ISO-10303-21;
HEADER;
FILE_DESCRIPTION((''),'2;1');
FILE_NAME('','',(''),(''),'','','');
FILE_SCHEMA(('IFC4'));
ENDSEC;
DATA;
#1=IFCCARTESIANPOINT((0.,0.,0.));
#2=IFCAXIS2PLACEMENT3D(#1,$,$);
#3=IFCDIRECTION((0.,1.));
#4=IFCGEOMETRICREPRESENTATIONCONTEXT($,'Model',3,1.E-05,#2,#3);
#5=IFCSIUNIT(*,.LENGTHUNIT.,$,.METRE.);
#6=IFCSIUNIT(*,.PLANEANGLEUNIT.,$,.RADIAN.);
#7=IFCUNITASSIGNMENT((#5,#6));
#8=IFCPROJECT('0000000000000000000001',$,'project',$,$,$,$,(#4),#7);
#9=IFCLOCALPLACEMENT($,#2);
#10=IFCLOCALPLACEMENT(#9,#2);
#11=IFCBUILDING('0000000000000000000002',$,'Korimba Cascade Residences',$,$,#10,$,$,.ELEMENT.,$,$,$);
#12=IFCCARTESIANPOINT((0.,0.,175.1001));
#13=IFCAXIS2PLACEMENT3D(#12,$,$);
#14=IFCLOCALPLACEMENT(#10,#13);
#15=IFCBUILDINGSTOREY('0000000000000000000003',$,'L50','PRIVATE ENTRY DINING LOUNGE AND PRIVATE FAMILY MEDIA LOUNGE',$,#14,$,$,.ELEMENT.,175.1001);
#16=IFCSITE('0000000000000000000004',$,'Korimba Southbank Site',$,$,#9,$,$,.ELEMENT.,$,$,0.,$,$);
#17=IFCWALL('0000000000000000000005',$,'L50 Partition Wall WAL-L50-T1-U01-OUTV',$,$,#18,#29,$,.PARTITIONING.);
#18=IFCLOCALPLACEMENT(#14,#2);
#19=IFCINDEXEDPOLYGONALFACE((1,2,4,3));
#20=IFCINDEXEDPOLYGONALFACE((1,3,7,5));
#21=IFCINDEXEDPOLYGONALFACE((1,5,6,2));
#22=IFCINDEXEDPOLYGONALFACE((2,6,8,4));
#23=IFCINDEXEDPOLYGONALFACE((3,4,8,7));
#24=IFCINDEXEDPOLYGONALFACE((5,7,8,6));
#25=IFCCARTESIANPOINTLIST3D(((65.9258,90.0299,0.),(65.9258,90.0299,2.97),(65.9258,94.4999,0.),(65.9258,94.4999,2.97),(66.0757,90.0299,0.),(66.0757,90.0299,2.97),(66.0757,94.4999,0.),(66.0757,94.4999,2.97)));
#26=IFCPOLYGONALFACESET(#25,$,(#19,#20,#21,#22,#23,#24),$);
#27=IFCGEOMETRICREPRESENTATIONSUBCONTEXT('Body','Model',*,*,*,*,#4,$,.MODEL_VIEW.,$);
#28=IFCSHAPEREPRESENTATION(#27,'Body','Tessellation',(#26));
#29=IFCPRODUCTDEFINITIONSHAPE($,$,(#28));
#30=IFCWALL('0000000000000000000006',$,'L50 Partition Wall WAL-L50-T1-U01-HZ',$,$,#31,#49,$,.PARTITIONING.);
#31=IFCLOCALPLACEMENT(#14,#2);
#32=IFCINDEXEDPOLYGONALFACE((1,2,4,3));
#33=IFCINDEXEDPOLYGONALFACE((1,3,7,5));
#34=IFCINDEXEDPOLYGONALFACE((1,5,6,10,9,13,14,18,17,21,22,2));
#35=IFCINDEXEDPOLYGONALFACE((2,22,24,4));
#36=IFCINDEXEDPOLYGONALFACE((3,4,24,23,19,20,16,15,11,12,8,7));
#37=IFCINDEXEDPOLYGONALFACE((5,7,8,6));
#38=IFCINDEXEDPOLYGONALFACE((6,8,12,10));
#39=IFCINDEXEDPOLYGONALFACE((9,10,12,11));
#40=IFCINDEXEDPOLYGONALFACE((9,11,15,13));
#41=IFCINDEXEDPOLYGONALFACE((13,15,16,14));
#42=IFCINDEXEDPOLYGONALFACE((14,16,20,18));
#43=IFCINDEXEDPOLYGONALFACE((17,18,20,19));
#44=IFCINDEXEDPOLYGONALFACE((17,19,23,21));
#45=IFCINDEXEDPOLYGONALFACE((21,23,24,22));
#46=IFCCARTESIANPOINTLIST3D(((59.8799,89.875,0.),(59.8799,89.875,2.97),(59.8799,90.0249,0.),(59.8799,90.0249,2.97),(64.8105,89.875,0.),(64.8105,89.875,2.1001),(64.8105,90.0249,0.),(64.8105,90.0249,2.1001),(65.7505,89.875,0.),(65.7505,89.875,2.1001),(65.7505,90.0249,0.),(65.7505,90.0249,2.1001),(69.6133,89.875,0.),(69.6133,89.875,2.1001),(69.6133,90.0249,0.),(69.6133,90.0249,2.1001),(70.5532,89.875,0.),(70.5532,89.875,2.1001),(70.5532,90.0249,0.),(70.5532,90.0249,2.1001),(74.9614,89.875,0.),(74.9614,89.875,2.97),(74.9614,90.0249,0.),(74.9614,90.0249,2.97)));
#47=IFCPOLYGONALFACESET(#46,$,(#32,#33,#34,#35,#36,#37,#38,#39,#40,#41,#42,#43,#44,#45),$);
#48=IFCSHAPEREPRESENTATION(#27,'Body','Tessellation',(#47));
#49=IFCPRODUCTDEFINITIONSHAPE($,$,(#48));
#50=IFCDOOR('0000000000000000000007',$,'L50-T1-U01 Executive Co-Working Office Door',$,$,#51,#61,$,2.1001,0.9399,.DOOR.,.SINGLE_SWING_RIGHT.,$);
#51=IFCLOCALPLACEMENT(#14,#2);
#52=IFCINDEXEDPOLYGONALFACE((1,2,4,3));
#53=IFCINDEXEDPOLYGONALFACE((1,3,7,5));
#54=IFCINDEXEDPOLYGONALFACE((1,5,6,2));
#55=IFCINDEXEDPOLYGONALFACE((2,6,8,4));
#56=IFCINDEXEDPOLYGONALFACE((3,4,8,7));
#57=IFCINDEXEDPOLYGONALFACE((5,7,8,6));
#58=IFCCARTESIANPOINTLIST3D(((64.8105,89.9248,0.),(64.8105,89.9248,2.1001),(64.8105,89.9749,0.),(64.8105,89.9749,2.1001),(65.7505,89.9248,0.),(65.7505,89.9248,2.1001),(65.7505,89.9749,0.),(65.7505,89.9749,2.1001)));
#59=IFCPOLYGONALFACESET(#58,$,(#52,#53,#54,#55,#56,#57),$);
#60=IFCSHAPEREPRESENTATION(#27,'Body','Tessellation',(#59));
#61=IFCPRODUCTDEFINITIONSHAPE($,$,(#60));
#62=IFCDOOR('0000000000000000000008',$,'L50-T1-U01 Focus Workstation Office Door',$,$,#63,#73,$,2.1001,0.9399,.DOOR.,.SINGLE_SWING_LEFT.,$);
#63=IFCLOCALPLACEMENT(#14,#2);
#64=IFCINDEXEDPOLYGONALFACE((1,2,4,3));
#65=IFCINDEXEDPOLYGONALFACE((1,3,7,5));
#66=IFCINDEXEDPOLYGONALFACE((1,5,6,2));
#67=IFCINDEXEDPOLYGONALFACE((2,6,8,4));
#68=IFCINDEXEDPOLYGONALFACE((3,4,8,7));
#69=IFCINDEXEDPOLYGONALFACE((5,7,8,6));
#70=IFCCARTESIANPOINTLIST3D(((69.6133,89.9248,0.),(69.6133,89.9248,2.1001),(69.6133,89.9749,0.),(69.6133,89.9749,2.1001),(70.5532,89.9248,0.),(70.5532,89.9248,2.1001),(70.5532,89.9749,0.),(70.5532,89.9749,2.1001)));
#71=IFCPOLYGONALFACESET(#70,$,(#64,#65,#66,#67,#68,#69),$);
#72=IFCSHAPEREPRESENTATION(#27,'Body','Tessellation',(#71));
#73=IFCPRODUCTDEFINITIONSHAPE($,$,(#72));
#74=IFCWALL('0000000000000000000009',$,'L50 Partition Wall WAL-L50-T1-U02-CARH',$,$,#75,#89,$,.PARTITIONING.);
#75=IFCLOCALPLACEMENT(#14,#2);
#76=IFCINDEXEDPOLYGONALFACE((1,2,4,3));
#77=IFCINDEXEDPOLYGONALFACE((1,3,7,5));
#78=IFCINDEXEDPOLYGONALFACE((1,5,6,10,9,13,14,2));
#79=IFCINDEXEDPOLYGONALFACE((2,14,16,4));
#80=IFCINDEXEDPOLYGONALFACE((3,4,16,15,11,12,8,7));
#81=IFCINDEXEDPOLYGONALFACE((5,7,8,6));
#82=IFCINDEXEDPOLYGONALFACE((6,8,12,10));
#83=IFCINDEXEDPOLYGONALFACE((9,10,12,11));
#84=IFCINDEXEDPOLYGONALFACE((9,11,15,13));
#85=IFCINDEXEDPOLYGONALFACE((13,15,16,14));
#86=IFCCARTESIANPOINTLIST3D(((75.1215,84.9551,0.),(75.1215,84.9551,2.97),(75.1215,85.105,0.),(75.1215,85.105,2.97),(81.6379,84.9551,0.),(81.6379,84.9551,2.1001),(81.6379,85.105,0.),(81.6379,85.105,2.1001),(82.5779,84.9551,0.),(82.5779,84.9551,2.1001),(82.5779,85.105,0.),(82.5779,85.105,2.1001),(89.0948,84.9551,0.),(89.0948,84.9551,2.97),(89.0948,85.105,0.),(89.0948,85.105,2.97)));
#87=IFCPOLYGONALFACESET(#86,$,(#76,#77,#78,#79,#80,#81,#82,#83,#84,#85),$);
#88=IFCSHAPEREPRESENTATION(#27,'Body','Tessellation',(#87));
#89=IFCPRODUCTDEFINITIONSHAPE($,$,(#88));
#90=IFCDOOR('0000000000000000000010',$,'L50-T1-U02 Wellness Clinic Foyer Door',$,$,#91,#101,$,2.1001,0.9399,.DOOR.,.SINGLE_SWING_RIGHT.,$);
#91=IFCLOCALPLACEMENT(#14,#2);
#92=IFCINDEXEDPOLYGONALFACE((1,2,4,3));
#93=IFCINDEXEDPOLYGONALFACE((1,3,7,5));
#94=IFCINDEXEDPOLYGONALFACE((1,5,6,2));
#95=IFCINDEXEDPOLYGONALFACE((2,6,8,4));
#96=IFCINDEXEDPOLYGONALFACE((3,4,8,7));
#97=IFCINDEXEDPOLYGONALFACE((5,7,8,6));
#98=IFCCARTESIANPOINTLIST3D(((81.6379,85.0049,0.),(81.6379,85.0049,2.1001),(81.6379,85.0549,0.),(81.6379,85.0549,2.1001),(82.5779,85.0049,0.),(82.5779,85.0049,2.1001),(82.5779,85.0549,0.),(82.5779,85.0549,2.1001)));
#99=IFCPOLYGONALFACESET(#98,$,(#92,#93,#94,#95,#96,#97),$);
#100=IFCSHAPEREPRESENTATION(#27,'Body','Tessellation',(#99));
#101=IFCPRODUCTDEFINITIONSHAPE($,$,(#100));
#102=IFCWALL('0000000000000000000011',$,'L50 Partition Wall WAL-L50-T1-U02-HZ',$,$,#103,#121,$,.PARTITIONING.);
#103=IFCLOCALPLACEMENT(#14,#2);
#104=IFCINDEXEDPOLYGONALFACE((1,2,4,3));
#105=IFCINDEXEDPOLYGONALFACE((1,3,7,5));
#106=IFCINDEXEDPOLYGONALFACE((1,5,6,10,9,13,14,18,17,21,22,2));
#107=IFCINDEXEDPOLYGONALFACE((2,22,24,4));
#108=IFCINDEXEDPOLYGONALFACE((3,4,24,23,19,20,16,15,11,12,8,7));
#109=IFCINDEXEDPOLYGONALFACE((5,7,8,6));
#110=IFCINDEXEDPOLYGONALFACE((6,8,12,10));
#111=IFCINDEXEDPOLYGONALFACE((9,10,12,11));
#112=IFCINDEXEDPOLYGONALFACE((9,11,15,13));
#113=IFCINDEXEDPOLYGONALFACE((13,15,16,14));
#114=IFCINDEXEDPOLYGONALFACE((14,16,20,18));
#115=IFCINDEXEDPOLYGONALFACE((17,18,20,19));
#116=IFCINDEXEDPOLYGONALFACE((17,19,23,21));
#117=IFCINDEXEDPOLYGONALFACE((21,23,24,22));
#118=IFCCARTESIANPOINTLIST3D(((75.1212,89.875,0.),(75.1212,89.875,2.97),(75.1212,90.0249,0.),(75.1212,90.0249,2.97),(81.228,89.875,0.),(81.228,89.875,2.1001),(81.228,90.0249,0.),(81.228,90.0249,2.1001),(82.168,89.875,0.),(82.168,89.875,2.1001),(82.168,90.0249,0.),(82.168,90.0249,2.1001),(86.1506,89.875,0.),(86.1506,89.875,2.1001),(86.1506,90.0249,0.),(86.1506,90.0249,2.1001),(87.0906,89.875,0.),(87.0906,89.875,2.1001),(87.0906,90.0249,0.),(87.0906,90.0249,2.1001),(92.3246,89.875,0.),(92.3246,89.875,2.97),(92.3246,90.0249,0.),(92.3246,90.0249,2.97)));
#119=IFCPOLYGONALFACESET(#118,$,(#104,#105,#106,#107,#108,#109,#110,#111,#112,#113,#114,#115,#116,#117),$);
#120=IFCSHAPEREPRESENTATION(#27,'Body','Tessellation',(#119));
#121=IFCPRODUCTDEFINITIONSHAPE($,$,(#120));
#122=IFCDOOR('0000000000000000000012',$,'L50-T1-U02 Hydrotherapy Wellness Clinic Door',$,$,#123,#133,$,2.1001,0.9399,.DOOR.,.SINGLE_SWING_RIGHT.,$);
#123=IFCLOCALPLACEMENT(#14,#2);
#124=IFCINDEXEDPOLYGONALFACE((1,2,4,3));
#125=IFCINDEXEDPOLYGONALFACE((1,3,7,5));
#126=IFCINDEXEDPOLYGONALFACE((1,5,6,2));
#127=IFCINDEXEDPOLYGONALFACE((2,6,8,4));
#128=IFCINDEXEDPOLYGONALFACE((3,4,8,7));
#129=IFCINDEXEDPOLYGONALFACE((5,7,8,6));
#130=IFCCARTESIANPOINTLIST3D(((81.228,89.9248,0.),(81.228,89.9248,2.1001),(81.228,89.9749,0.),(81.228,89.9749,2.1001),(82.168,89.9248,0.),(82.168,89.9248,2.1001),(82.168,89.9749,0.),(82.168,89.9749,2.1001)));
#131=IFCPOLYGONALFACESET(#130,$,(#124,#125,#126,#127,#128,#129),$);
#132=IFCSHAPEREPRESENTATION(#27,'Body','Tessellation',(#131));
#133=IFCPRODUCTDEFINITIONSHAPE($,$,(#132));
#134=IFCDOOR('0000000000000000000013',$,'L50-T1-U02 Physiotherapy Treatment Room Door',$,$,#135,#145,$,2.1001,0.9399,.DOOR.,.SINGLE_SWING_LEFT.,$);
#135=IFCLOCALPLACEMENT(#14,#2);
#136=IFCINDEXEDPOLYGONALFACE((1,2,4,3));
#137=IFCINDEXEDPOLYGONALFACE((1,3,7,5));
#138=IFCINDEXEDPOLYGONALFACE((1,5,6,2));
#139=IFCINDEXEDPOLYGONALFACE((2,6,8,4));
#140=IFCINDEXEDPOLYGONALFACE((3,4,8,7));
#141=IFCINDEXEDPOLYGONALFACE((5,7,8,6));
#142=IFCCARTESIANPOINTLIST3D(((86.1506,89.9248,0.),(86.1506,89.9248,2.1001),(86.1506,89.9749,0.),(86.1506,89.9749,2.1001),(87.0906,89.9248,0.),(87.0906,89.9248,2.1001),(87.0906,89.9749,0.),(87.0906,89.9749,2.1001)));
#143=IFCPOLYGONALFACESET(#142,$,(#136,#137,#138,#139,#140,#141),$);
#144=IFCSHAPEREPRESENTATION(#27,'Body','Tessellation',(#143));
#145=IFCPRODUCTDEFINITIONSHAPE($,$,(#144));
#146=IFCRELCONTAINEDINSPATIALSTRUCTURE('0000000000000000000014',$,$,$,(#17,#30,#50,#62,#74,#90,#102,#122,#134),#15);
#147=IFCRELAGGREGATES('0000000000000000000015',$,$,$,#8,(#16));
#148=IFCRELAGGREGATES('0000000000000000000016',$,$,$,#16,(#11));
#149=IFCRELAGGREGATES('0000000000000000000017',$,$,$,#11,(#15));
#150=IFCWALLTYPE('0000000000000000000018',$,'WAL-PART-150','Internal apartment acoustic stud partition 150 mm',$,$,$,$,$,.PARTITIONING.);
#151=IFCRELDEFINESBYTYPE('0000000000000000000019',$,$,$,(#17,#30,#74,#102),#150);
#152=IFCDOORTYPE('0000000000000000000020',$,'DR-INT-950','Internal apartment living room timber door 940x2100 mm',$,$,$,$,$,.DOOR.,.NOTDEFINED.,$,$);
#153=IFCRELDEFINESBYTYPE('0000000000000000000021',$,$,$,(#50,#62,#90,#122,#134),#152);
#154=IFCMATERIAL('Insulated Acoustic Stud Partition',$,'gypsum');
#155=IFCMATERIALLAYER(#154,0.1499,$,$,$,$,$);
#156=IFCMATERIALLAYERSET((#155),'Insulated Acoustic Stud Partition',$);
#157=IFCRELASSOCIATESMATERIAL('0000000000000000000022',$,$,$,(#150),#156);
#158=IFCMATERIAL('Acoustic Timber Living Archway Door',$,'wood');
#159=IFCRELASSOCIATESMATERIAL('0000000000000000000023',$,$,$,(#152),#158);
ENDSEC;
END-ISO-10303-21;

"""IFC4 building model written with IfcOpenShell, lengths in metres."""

from ifc_helpers import new_model, si_unit, direction, frame, frame_2d, origin, place, context, subcontext, project, spatial, rectangle, extrude, material, layer, layer_set, type_object, element, fill, save


model = new_model("IFC4")

# Units and contexts
model_context = context("Model", 3, precision=1e-05, world=origin(), true_north=direction((0.0, 1.0)))
body_context = subcontext(model_context, "Body", "Model", "MODEL_VIEW")
ifc_project = project(units=[si_unit("LENGTHUNIT", "METRE"), si_unit("PLANEANGLEUNIT", "RADIAN")], contexts=[model_context])

# Site, building, storey
site_placement = place(None, origin())
site = spatial("IfcSite", under=ifc_project, at=site_placement, Name="Korimba Southbank Site", CompositionType="ELEMENT", RefElevation=0.0)
building_placement = place(site_placement, origin())
building = spatial("IfcBuilding", under=site, at=building_placement, Name="Korimba Cascade Residences", CompositionType="ELEMENT")
storey_placement = place(building_placement, frame((0.0, 0.0, 175.1001)))
storey = spatial("IfcBuildingStorey", under=building, at=storey_placement, Name="L50", Description="PRIVATE ENTRY DINING LOUNGE AND PRIVATE FAMILY MEDIA LOUNGE", CompositionType="ELEMENT", Elevation=175.1001)

# Wall
ifc_material_1 = material(Name="Insulated Acoustic Stud Partition", Category="gypsum")
ifc_layer_1 = layer(ifc_material_1, 0.1499)
ifc_layer_set_1 = layer_set([ifc_layer_1], Name="Insulated Acoustic Stud Partition")
wall_type_1 = type_object("IfcWallType", Name="WAL-PART-150", Description="Internal apartment acoustic stud partition 150 mm", PredefinedType="PARTITIONING", material=ifc_layer_set_1)
wall_1_placement = place(storey_placement, frame((66.0007, 90.03, 0.0), z_axis=(0.0, 0.0, 1.0), x_axis=(0.0, 1.0, 0.0)))
element("IfcWall", 1, at=wall_1_placement, inside=storey, type_object=wall_type_1, Name="L50 Partition Wall WAL-L50-T1-U01-OUTV", PredefinedType="PARTITIONING", context=body_context, shape_type="SweptSolid", body=[
    extrude(rectangle(XDim=4.47, YDim=0.1499, at=frame_2d((2.2349, 0.0))), origin(), (0.0, 0.0, 1.0), 2.97),
])

# Wall, openings, doors
wall_2_placement = place(storey_placement, frame((59.8799, 89.95, 0.0), z_axis=(0.0, 0.0, 1.0), x_axis=(1.0, 0.0, 0.0)))
wall_2 = element("IfcWall", 2, at=wall_2_placement, inside=storey, type_object=wall_type_1, Name="L50 Partition Wall WAL-L50-T1-U01-HZ", PredefinedType="PARTITIONING", context=body_context, shape_type="SweptSolid", body=[
    extrude(rectangle(XDim=15.0815, YDim=0.1499, at=frame_2d((7.5408, 0.0))), origin(), (0.0, 0.0, 1.0), 2.97),
])
opening_1_placement = place(wall_2_placement, frame((4.9307, 0.0, 0.0)))
opening_1 = element("IfcOpeningElement", 3, at=opening_1_placement, cuts=wall_2, PredefinedType="OPENING", context=body_context, shape_type="SweptSolid", body=[
    extrude(rectangle(XDim=0.9399, YDim=2.1001, at=frame_2d((0.47, 1.05))), frame((0.0, 0.085, 0.0), z_axis=(0.0, -1.0, 0.0), x_axis=(1.0, 0.0, 0.0)), (0.0, 0.0, 1.0), 0.1699),
])
opening_2_placement = place(wall_2_placement, frame((9.7334, 0.0, 0.0)))
opening_2 = element("IfcOpeningElement", 4, at=opening_2_placement, cuts=wall_2, PredefinedType="OPENING", context=body_context, shape_type="SweptSolid", body=[
    extrude(rectangle(XDim=0.9399, YDim=2.1001, at=frame_2d((0.47, 1.05))), frame((0.0, 0.085, 0.0), z_axis=(0.0, -1.0, 0.0), x_axis=(1.0, 0.0, 0.0)), (0.0, 0.0, 1.0), 0.1699),
])
ifc_material_2 = material(Name="Acoustic Timber Living Archway Door", Category="wood")
door_type = type_object("IfcDoorType", Name="DR-INT-950", Description="Internal apartment living room timber door 940x2100 mm", OperationType="NOTDEFINED", PredefinedType="DOOR", material=ifc_material_2)
door_1_placement = place(opening_1_placement, origin())
door_1 = element("IfcDoor", 5, at=door_1_placement, inside=storey, type_object=door_type, Name="L50-T1-U01 Executive Co-Working Office Door", OperationType="SINGLE_SWING_RIGHT", OverallHeight=2.1001, OverallWidth=0.9399, PredefinedType="DOOR", context=body_context, shape_type="SweptSolid", body=[
    extrude(rectangle(XDim=0.9399, YDim=2.1001, at=frame_2d((0.47, 1.05))), frame((0.0, 0.0249, 0.0), z_axis=(0.0, -1.0, 0.0), x_axis=(1.0, 0.0, 0.0)), (0.0, 0.0, 1.0), 0.05),
])
fill(opening_1, door_1)
door_2_placement = place(opening_2_placement, origin())
door_2 = element("IfcDoor", 6, at=door_2_placement, inside=storey, type_object=door_type, Name="L50-T1-U01 Focus Workstation Office Door", OperationType="SINGLE_SWING_LEFT", OverallHeight=2.1001, OverallWidth=0.9399, PredefinedType="DOOR", context=body_context, shape_type="SweptSolid", body=[
    extrude(rectangle(XDim=0.9399, YDim=2.1001, at=frame_2d((0.47, 1.05))), frame((0.0, 0.0249, 0.0), z_axis=(0.0, -1.0, 0.0), x_axis=(1.0, 0.0, 0.0)), (0.0, 0.0, 1.0), 0.05),
])
fill(opening_2, door_2)

# Wall, opening, door
wall_3_placement = place(storey_placement, frame((75.1213, 85.03, 0.0), z_axis=(0.0, 0.0, 1.0), x_axis=(1.0, 0.0, 0.0)))
wall_3 = element("IfcWall", 7, at=wall_3_placement, inside=storey, type_object=wall_type_1, Name="L50 Partition Wall WAL-L50-T1-U02-CARH", PredefinedType="PARTITIONING", context=body_context, shape_type="SweptSolid", body=[
    extrude(rectangle(XDim=13.9734, YDim=0.1499, at=frame_2d((6.9868, 0.0))), origin(), (0.0, 0.0, 1.0), 2.97),
])
opening_3_placement = place(wall_3_placement, frame((6.5166, 0.0, 0.0)))
opening_3 = element("IfcOpeningElement", 8, at=opening_3_placement, cuts=wall_3, PredefinedType="OPENING", context=body_context, shape_type="SweptSolid", body=[
    extrude(rectangle(XDim=0.9399, YDim=2.1001, at=frame_2d((0.47, 1.05))), frame((0.0, 0.085, 0.0), z_axis=(0.0, -1.0, 0.0), x_axis=(1.0, 0.0, 0.0)), (0.0, 0.0, 1.0), 0.1699),
])
door_3_placement = place(opening_3_placement, origin())
door_3 = element("IfcDoor", 9, at=door_3_placement, inside=storey, type_object=door_type, Name="L50-T1-U02 Wellness Clinic Foyer Door", OperationType="SINGLE_SWING_RIGHT", OverallHeight=2.1001, OverallWidth=0.9399, PredefinedType="DOOR", context=body_context, shape_type="SweptSolid", body=[
    extrude(rectangle(XDim=0.9399, YDim=2.1001, at=frame_2d((0.47, 1.05))), frame((0.0, 0.0249, 0.0), z_axis=(0.0, -1.0, 0.0), x_axis=(1.0, 0.0, 0.0)), (0.0, 0.0, 1.0), 0.05),
])
fill(opening_3, door_3)

# Wall, openings, doors
wall_4_placement = place(storey_placement, frame((75.1213, 89.95, 0.0), z_axis=(0.0, 0.0, 1.0), x_axis=(1.0, 0.0, 0.0)))
wall_4 = element("IfcWall", 10, at=wall_4_placement, inside=storey, type_object=wall_type_1, Name="L50 Partition Wall WAL-L50-T1-U02-HZ", PredefinedType="PARTITIONING", context=body_context, shape_type="SweptSolid", body=[
    extrude(rectangle(XDim=17.2034, YDim=0.1499, at=frame_2d((8.6016, 0.0))), origin(), (0.0, 0.0, 1.0), 2.97),
])
opening_4_placement = place(wall_4_placement, frame((6.1067, 0.0, 0.0)))
opening_4 = element("IfcOpeningElement", 11, at=opening_4_placement, cuts=wall_4, PredefinedType="OPENING", context=body_context, shape_type="SweptSolid", body=[
    extrude(rectangle(XDim=0.9399, YDim=2.1001, at=frame_2d((0.47, 1.05))), frame((0.0, 0.085, 0.0), z_axis=(0.0, -1.0, 0.0), x_axis=(1.0, 0.0, 0.0)), (0.0, 0.0, 1.0), 0.1699),
])
opening_5_placement = place(wall_4_placement, frame((11.0293, 0.0, 0.0)))
opening_5 = element("IfcOpeningElement", 12, at=opening_5_placement, cuts=wall_4, PredefinedType="OPENING", context=body_context, shape_type="SweptSolid", body=[
    extrude(rectangle(XDim=0.9399, YDim=2.1001, at=frame_2d((0.47, 1.05))), frame((0.0, 0.085, 0.0), z_axis=(0.0, -1.0, 0.0), x_axis=(1.0, 0.0, 0.0)), (0.0, 0.0, 1.0), 0.1699),
])
door_4_placement = place(opening_4_placement, origin())
door_4 = element("IfcDoor", 13, at=door_4_placement, inside=storey, type_object=door_type, Name="L50-T1-U02 Hydrotherapy Wellness Clinic Door", OperationType="SINGLE_SWING_RIGHT", OverallHeight=2.1001, OverallWidth=0.9399, PredefinedType="DOOR", context=body_context, shape_type="SweptSolid", body=[
    extrude(rectangle(XDim=0.9399, YDim=2.1001, at=frame_2d((0.47, 1.05))), frame((0.0, 0.0249, 0.0), z_axis=(0.0, -1.0, 0.0), x_axis=(1.0, 0.0, 0.0)), (0.0, 0.0, 1.0), 0.05),
])
fill(opening_4, door_4)
door_5_placement = place(opening_5_placement, origin())
door_5 = element("IfcDoor", 14, at=door_5_placement, inside=storey, type_object=door_type, Name="L50-T1-U02 Physiotherapy Treatment Room Door", OperationType="SINGLE_SWING_LEFT", OverallHeight=2.1001, OverallWidth=0.9399, PredefinedType="DOOR", context=body_context, shape_type="SweptSolid", body=[
    extrude(rectangle(XDim=0.9399, YDim=2.1001, at=frame_2d((0.47, 1.05))), frame((0.0, 0.0249, 0.0), z_axis=(0.0, -1.0, 0.0), x_axis=(1.0, 0.0, 0.0)), (0.0, 0.0, 1.0), 0.05),
])
fill(opening_5, door_5)

save(model, "model.ifc")
